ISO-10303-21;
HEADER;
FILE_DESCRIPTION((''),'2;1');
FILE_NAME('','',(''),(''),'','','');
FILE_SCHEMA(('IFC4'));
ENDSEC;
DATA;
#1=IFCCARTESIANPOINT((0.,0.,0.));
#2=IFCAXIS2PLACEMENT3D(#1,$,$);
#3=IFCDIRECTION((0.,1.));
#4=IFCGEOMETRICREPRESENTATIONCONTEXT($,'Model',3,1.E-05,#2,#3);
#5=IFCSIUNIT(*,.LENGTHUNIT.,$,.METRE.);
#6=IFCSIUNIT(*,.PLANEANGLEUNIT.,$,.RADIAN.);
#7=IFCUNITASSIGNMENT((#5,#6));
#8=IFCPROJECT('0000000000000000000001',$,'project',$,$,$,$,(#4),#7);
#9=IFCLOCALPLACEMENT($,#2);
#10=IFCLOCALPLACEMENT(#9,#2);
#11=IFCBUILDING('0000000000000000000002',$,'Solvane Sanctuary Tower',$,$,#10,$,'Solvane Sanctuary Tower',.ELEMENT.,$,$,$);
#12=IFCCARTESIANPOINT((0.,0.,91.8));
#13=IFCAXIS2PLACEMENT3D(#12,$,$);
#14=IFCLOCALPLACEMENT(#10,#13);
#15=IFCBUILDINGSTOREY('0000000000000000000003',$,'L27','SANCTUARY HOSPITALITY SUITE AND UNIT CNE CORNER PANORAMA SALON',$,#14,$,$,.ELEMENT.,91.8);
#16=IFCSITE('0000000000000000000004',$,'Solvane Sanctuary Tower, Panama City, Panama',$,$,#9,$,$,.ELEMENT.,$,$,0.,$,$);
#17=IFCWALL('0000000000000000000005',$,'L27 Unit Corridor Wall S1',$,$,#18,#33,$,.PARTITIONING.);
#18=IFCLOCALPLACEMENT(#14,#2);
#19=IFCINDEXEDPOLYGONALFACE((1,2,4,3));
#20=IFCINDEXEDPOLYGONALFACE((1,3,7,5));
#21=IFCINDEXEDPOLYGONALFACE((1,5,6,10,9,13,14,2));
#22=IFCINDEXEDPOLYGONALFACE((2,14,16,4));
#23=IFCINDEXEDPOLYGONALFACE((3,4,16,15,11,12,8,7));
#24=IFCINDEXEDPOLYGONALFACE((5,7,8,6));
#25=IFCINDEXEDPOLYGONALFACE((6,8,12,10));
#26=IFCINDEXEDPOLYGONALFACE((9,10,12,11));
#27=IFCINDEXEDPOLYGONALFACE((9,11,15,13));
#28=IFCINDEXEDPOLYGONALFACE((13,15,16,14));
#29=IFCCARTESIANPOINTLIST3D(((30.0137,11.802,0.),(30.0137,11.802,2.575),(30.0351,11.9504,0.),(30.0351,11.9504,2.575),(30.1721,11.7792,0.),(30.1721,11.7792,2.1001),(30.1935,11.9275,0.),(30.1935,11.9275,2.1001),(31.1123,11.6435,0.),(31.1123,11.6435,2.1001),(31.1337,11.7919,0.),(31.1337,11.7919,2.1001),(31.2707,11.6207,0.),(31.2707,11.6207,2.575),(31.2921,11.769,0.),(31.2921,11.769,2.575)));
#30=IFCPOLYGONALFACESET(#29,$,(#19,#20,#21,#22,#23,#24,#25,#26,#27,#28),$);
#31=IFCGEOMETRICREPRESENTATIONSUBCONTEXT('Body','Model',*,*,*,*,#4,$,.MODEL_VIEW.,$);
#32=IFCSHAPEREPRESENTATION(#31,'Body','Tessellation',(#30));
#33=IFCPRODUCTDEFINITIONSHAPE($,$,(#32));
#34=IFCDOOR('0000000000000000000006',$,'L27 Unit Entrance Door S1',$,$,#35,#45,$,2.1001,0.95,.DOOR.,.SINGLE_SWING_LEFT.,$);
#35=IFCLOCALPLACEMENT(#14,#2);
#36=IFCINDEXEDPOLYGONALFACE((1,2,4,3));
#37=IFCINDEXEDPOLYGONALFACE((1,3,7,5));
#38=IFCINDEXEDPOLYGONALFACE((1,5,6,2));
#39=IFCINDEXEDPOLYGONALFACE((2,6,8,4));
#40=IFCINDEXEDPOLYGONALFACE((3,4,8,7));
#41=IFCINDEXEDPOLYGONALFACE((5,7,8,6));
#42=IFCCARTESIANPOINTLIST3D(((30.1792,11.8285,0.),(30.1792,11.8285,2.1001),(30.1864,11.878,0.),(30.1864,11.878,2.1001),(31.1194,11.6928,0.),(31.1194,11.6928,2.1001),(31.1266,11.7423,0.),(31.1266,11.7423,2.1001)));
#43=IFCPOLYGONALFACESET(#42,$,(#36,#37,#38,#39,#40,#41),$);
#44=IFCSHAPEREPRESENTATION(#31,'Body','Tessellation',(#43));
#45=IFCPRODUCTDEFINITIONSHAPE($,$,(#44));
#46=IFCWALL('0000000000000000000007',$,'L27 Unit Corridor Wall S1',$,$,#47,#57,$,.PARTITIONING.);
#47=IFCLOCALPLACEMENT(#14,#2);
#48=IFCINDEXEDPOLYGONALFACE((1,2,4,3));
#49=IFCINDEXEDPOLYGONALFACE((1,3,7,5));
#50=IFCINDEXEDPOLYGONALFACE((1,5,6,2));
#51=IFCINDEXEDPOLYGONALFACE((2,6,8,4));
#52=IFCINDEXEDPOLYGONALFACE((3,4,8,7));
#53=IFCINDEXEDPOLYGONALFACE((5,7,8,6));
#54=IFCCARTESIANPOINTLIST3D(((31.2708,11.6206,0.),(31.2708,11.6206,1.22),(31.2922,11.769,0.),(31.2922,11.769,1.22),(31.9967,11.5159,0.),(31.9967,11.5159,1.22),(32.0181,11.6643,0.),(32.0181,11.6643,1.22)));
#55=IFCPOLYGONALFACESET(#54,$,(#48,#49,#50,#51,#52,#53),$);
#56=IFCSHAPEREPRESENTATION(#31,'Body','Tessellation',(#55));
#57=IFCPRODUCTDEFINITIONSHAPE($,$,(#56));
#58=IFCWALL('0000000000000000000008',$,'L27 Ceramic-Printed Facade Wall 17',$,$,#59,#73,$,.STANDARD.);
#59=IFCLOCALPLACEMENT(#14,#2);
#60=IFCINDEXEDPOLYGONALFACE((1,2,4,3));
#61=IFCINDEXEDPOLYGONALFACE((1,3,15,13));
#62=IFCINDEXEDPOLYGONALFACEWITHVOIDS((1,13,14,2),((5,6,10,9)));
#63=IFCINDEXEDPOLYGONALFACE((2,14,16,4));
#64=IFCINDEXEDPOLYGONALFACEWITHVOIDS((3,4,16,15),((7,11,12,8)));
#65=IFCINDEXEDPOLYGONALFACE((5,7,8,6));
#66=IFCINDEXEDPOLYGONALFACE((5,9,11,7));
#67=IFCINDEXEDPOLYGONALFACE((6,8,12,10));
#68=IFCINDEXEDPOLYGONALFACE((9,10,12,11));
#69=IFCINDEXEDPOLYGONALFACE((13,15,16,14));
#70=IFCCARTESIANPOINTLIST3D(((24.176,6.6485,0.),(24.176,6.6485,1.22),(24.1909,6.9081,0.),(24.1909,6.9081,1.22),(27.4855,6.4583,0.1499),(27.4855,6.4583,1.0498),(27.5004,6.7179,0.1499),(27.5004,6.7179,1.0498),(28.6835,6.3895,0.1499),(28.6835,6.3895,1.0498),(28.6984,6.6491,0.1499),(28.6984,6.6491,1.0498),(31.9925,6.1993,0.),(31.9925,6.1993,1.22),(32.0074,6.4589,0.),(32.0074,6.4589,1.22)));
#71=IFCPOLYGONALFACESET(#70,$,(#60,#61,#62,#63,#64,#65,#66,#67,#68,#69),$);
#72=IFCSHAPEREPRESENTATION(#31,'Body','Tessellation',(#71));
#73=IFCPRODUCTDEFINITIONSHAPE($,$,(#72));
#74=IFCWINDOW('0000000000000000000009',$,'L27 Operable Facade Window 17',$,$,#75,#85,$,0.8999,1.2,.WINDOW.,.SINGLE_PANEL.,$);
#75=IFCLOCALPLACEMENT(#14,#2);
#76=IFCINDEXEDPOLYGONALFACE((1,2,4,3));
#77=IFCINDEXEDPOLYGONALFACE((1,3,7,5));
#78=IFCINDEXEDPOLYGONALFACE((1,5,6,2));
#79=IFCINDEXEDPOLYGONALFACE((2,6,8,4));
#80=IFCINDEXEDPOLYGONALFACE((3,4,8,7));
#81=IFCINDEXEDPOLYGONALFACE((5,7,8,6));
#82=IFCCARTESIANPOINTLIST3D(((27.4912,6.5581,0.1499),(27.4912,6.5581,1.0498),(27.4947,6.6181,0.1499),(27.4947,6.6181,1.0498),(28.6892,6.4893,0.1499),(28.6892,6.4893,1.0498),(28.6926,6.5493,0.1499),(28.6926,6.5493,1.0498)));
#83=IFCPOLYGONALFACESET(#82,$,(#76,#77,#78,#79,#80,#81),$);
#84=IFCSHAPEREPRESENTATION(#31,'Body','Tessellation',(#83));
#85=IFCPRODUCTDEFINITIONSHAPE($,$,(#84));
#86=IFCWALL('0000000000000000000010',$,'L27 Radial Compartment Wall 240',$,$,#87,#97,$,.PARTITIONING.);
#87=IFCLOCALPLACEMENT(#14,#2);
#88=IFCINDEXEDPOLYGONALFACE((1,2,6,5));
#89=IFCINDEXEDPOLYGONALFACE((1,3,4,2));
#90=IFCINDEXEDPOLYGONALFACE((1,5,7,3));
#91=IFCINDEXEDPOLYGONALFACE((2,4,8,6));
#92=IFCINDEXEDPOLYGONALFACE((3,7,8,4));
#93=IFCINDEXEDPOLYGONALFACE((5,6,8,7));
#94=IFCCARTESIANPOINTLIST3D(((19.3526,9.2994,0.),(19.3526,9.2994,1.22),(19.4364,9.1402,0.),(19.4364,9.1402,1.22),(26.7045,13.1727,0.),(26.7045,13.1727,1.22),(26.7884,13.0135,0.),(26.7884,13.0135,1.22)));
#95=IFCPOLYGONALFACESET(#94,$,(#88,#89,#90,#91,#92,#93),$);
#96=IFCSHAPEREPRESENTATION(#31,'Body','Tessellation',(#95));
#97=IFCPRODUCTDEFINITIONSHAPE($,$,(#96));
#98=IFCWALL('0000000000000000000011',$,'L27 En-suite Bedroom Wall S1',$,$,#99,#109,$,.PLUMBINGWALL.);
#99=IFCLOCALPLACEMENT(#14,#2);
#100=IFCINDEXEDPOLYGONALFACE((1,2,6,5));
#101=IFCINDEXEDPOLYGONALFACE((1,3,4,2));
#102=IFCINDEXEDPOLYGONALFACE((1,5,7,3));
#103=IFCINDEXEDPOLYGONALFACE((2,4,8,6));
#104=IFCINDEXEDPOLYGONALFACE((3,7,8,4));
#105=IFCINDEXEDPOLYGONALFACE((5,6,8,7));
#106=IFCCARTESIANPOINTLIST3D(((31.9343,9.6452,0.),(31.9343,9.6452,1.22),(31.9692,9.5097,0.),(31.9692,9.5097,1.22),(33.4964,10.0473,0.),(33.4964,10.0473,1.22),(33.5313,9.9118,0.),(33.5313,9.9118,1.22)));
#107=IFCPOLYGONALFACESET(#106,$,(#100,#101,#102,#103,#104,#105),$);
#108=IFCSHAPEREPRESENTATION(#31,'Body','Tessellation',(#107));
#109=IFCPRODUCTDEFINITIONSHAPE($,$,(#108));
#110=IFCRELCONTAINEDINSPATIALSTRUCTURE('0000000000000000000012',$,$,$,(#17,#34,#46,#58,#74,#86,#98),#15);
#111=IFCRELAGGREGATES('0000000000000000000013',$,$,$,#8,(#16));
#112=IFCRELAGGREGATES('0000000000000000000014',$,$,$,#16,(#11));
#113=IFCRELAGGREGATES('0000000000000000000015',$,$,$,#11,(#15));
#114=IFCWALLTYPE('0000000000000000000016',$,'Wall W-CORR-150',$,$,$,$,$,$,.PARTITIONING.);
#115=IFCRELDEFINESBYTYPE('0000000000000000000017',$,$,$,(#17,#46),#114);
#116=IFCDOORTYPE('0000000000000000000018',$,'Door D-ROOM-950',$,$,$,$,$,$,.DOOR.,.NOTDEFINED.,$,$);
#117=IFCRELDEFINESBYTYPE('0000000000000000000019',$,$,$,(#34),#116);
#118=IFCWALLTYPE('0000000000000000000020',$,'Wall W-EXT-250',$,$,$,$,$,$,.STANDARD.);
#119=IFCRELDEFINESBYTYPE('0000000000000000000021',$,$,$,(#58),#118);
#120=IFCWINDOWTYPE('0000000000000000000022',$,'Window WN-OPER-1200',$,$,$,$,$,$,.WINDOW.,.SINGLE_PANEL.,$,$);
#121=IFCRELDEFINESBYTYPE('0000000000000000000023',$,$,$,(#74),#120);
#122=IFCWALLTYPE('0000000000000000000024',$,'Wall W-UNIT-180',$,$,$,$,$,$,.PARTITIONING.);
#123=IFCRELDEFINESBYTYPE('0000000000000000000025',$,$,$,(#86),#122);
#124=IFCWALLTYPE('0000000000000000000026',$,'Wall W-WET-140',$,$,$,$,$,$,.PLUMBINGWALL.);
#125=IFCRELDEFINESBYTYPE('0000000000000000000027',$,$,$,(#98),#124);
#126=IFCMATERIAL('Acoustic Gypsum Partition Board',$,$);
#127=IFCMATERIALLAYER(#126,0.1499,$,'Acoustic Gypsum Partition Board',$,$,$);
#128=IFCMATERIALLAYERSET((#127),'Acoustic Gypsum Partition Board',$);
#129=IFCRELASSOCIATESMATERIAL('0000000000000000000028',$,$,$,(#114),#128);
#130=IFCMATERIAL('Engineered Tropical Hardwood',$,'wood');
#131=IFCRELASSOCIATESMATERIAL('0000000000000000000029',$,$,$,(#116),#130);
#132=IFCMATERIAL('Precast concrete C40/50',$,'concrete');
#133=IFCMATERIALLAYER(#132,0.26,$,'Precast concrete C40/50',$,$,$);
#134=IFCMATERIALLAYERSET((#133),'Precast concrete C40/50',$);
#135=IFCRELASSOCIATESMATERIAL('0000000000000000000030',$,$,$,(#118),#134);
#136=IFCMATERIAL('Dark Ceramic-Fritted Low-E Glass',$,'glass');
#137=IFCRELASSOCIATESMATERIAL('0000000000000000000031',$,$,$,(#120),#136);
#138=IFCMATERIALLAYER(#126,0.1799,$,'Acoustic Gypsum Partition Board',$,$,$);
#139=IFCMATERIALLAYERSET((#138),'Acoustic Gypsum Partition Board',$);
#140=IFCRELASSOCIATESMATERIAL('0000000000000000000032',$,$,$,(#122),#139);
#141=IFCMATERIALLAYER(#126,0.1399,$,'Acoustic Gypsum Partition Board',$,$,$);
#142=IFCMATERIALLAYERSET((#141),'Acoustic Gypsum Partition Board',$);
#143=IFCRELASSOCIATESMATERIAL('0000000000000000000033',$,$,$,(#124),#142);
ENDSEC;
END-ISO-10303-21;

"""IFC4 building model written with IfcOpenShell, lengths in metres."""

from ifc_helpers import new_model, si_unit, direction, frame, frame_2d, origin, place, context, subcontext, project, spatial, rectangle, extrude, material, layer, layer_set, type_object, element, fill, save


model = new_model("IFC4")

# Units and contexts
model_context = context("Model", 3, precision=1e-05, world=origin(), true_north=direction((0.0, 1.0)))
body_context = subcontext(model_context, "Body", "Model", "MODEL_VIEW")
ifc_project = project(units=[si_unit("LENGTHUNIT", "METRE"), si_unit("PLANEANGLEUNIT", "RADIAN")], contexts=[model_context])

# Site, building, storey
site_placement = place(None, origin())
site = spatial("IfcSite", under=ifc_project, at=site_placement, Name="Solvane Sanctuary Tower, Panama City, Panama", CompositionType="ELEMENT", RefElevation=0.0)
building_placement = place(site_placement, origin())
building = spatial("IfcBuilding", under=site, at=building_placement, Name="Solvane Sanctuary Tower", LongName="Solvane Sanctuary Tower", CompositionType="ELEMENT")
storey_placement = place(building_placement, frame((0.0, 0.0, 91.8)))
storey = spatial("IfcBuildingStorey", under=building, at=storey_placement, Name="L27", Description="SANCTUARY HOSPITALITY SUITE AND UNIT CNE CORNER PANORAMA SALON", CompositionType="ELEMENT", Elevation=91.8)

# Shared definitions
ifc_material_1 = material(Name="Acoustic Gypsum Partition Board")
ifc_layer_1 = layer(ifc_material_1, 0.1499, Name="Acoustic Gypsum Partition Board")
ifc_layer_set_1 = layer_set([ifc_layer_1], Name="Acoustic Gypsum Partition Board")
wall_type_1 = type_object("IfcWallType", Name="Wall W-CORR-150", PredefinedType="PARTITIONING", material=ifc_layer_set_1)

# Wall, opening, door
wall_1_placement = place(storey_placement, frame((30.0244, 11.8762, 0.0), z_axis=(0.0, 0.0, 1.0), x_axis=(0.989749, -0.142821, 0.0)))
wall_1 = element("IfcWall", 1, at=wall_1_placement, inside=storey, type_object=wall_type_1, Name="L27 Unit Corridor Wall S1", PredefinedType="PARTITIONING", context=body_context, shape_type="SweptSolid", body=[
    extrude(rectangle(XDim=1.27, YDim=0.1499, at=frame_2d((0.635, 0.0))), origin(), (0.0, 0.0, 1.0), 2.575),
])
opening_1_placement = place(wall_1_placement, frame((0.1599, 0.0, 0.0)))
opening_1 = element("IfcOpeningElement", 2, at=opening_1_placement, cuts=wall_1, PredefinedType="OPENING", context=body_context, shape_type="SweptSolid", body=[
    extrude(rectangle(XDim=0.95, YDim=2.1001, at=frame_2d((0.4751, 1.05))), frame((0.0, 0.085, 0.0), z_axis=(0.0, -1.0, 0.0), x_axis=(1.0, 0.0, 0.0)), (0.0, 0.0, 1.0), 0.1699),
])
ifc_material_2 = material(Name="Engineered Tropical Hardwood", Category="wood")
door_type = type_object("IfcDoorType", Name="Door D-ROOM-950", OperationType="NOTDEFINED", PredefinedType="DOOR", material=ifc_material_2)
door_placement = place(opening_1_placement, origin())
door = element("IfcDoor", 3, at=door_placement, inside=storey, type_object=door_type, Name="L27 Unit Entrance Door S1", OperationType="SINGLE_SWING_LEFT", OverallHeight=2.1001, OverallWidth=0.95, PredefinedType="DOOR", context=body_context, shape_type="SweptSolid", body=[
    extrude(rectangle(XDim=0.95, YDim=2.1001, at=frame_2d((0.4751, 1.05))), frame((0.0, 0.0249, 0.0), z_axis=(0.0, -1.0, 0.0), x_axis=(1.0, 0.0, 0.0)), (0.0, 0.0, 1.0), 0.05),
])
fill(opening_1, door)

# Wall
wall_2_placement = place(storey_placement, frame((31.2815, 11.6948, 0.0), z_axis=(0.0, 0.0, 1.0), x_axis=(0.989749, -0.142819, 0.0)))
element("IfcWall", 4, at=wall_2_placement, inside=storey, type_object=wall_type_1, Name="L27 Unit Corridor Wall S1", PredefinedType="PARTITIONING", context=body_context, shape_type="SweptSolid", body=[
    extrude(rectangle(XDim=0.7334, YDim=0.1499, at=frame_2d((0.3667, 0.0))), origin(), (0.0, 0.0, 1.0), 1.22),
])

# Wall, opening, window
ifc_material_3 = material(Name="Precast concrete C40/50", Category="concrete")
ifc_layer_2 = layer(ifc_material_3, 0.26, Name="Precast concrete C40/50")
ifc_layer_set_2 = layer_set([ifc_layer_2], Name="Precast concrete C40/50")
wall_type_2 = type_object("IfcWallType", Name="Wall W-EXT-250", PredefinedType="STANDARD", material=ifc_layer_set_2)
wall_3_placement = place(storey_placement, frame((24.1836, 6.7783, 0.0), z_axis=(0.0, 0.0, 1.0), x_axis=(0.998353, -0.057377, 0.0)))
wall_3 = element("IfcWall", 5, at=wall_3_placement, inside=storey, type_object=wall_type_2, Name="L27 Ceramic-Printed Facade Wall 17", PredefinedType="STANDARD", context=body_context, shape_type="SweptSolid", body=[
    extrude(rectangle(XDim=7.8293, YDim=0.26, at=frame_2d((3.9146, 0.0))), origin(), (0.0, 0.0, 1.0), 1.22),
])
opening_2_placement = place(wall_3_placement, frame((3.3147, 0.0, 0.1499)))
opening_2 = element("IfcOpeningElement", 6, at=opening_2_placement, cuts=wall_3, PredefinedType="OPENING", context=body_context, shape_type="SweptSolid", body=[
    extrude(rectangle(XDim=1.2, YDim=0.8999, at=frame_2d((0.6001, 0.45))), frame((0.0, 0.1399, 0.0), z_axis=(0.0, -1.0, 0.0), x_axis=(1.0, 0.0, 0.0)), (0.0, 0.0, 1.0), 0.28),
])
ifc_material_4 = material(Name="Dark Ceramic-Fritted Low-E Glass", Category="glass")
window_type = type_object("IfcWindowType", Name="Window WN-OPER-1200", PartitioningType="SINGLE_PANEL", PredefinedType="WINDOW", material=ifc_material_4)
window_placement = place(opening_2_placement, origin())
window = element("IfcWindow", 7, at=window_placement, inside=storey, type_object=window_type, Name="L27 Operable Facade Window 17", OverallHeight=0.8999, OverallWidth=1.2, PartitioningType="SINGLE_PANEL", PredefinedType="WINDOW", context=body_context, shape_type="SweptSolid", body=[
    extrude(rectangle(XDim=1.2, YDim=0.8999, at=frame_2d((0.6001, 0.45))), frame((0.0, 0.03, 0.0), z_axis=(0.0, -1.0, 0.0), x_axis=(1.0, 0.0, 0.0)), (0.0, 0.0, 1.0), 0.0601),
])
fill(opening_2, window)

# Walls
ifc_layer_3 = layer(ifc_material_1, 0.1799, Name="Acoustic Gypsum Partition Board")
ifc_layer_set_3 = layer_set([ifc_layer_3], Name="Acoustic Gypsum Partition Board")
wall_type_3 = type_object("IfcWallType", Name="Wall W-UNIT-180", PredefinedType="PARTITIONING", material=ifc_layer_set_3)
wall_4_placement = place(storey_placement, frame((26.7463, 13.093, 0.0), z_axis=(0.0, 0.0, 1.0), x_axis=(-0.88473, -0.466104, 0.0)))
element("IfcWall", 8, at=wall_4_placement, inside=storey, type_object=wall_type_3, Name="L27 Radial Compartment Wall 240", PredefinedType="PARTITIONING", context=body_context, shape_type="SweptSolid", body=[
    extrude(rectangle(XDim=8.3098, YDim=0.1799, at=frame_2d((4.1548, 0.0))), origin(), (0.0, 0.0, 1.0), 1.22),
])
ifc_layer_4 = layer(ifc_material_1, 0.1399, Name="Acoustic Gypsum Partition Board")
ifc_layer_set_4 = layer_set([ifc_layer_4], Name="Acoustic Gypsum Partition Board")
wall_type_4 = type_object("IfcWallType", Name="Wall W-WET-140", PredefinedType="PLUMBINGWALL", material=ifc_layer_set_4)
wall_5_placement = place(storey_placement, frame((31.9517, 9.5774, 0.0), z_axis=(0.0, 0.0, 1.0), x_axis=(0.968427, 0.249297, 0.0)))
element("IfcWall", 9, at=wall_5_placement, inside=storey, type_object=wall_type_4, Name="L27 En-suite Bedroom Wall S1", PredefinedType="PLUMBINGWALL", context=body_context, shape_type="SweptSolid", body=[
    extrude(rectangle(XDim=1.613, YDim=0.1399, at=frame_2d((0.8066, 0.0))), origin(), (0.0, 0.0, 1.0), 1.22),
])

save(model, "model.ifc")
